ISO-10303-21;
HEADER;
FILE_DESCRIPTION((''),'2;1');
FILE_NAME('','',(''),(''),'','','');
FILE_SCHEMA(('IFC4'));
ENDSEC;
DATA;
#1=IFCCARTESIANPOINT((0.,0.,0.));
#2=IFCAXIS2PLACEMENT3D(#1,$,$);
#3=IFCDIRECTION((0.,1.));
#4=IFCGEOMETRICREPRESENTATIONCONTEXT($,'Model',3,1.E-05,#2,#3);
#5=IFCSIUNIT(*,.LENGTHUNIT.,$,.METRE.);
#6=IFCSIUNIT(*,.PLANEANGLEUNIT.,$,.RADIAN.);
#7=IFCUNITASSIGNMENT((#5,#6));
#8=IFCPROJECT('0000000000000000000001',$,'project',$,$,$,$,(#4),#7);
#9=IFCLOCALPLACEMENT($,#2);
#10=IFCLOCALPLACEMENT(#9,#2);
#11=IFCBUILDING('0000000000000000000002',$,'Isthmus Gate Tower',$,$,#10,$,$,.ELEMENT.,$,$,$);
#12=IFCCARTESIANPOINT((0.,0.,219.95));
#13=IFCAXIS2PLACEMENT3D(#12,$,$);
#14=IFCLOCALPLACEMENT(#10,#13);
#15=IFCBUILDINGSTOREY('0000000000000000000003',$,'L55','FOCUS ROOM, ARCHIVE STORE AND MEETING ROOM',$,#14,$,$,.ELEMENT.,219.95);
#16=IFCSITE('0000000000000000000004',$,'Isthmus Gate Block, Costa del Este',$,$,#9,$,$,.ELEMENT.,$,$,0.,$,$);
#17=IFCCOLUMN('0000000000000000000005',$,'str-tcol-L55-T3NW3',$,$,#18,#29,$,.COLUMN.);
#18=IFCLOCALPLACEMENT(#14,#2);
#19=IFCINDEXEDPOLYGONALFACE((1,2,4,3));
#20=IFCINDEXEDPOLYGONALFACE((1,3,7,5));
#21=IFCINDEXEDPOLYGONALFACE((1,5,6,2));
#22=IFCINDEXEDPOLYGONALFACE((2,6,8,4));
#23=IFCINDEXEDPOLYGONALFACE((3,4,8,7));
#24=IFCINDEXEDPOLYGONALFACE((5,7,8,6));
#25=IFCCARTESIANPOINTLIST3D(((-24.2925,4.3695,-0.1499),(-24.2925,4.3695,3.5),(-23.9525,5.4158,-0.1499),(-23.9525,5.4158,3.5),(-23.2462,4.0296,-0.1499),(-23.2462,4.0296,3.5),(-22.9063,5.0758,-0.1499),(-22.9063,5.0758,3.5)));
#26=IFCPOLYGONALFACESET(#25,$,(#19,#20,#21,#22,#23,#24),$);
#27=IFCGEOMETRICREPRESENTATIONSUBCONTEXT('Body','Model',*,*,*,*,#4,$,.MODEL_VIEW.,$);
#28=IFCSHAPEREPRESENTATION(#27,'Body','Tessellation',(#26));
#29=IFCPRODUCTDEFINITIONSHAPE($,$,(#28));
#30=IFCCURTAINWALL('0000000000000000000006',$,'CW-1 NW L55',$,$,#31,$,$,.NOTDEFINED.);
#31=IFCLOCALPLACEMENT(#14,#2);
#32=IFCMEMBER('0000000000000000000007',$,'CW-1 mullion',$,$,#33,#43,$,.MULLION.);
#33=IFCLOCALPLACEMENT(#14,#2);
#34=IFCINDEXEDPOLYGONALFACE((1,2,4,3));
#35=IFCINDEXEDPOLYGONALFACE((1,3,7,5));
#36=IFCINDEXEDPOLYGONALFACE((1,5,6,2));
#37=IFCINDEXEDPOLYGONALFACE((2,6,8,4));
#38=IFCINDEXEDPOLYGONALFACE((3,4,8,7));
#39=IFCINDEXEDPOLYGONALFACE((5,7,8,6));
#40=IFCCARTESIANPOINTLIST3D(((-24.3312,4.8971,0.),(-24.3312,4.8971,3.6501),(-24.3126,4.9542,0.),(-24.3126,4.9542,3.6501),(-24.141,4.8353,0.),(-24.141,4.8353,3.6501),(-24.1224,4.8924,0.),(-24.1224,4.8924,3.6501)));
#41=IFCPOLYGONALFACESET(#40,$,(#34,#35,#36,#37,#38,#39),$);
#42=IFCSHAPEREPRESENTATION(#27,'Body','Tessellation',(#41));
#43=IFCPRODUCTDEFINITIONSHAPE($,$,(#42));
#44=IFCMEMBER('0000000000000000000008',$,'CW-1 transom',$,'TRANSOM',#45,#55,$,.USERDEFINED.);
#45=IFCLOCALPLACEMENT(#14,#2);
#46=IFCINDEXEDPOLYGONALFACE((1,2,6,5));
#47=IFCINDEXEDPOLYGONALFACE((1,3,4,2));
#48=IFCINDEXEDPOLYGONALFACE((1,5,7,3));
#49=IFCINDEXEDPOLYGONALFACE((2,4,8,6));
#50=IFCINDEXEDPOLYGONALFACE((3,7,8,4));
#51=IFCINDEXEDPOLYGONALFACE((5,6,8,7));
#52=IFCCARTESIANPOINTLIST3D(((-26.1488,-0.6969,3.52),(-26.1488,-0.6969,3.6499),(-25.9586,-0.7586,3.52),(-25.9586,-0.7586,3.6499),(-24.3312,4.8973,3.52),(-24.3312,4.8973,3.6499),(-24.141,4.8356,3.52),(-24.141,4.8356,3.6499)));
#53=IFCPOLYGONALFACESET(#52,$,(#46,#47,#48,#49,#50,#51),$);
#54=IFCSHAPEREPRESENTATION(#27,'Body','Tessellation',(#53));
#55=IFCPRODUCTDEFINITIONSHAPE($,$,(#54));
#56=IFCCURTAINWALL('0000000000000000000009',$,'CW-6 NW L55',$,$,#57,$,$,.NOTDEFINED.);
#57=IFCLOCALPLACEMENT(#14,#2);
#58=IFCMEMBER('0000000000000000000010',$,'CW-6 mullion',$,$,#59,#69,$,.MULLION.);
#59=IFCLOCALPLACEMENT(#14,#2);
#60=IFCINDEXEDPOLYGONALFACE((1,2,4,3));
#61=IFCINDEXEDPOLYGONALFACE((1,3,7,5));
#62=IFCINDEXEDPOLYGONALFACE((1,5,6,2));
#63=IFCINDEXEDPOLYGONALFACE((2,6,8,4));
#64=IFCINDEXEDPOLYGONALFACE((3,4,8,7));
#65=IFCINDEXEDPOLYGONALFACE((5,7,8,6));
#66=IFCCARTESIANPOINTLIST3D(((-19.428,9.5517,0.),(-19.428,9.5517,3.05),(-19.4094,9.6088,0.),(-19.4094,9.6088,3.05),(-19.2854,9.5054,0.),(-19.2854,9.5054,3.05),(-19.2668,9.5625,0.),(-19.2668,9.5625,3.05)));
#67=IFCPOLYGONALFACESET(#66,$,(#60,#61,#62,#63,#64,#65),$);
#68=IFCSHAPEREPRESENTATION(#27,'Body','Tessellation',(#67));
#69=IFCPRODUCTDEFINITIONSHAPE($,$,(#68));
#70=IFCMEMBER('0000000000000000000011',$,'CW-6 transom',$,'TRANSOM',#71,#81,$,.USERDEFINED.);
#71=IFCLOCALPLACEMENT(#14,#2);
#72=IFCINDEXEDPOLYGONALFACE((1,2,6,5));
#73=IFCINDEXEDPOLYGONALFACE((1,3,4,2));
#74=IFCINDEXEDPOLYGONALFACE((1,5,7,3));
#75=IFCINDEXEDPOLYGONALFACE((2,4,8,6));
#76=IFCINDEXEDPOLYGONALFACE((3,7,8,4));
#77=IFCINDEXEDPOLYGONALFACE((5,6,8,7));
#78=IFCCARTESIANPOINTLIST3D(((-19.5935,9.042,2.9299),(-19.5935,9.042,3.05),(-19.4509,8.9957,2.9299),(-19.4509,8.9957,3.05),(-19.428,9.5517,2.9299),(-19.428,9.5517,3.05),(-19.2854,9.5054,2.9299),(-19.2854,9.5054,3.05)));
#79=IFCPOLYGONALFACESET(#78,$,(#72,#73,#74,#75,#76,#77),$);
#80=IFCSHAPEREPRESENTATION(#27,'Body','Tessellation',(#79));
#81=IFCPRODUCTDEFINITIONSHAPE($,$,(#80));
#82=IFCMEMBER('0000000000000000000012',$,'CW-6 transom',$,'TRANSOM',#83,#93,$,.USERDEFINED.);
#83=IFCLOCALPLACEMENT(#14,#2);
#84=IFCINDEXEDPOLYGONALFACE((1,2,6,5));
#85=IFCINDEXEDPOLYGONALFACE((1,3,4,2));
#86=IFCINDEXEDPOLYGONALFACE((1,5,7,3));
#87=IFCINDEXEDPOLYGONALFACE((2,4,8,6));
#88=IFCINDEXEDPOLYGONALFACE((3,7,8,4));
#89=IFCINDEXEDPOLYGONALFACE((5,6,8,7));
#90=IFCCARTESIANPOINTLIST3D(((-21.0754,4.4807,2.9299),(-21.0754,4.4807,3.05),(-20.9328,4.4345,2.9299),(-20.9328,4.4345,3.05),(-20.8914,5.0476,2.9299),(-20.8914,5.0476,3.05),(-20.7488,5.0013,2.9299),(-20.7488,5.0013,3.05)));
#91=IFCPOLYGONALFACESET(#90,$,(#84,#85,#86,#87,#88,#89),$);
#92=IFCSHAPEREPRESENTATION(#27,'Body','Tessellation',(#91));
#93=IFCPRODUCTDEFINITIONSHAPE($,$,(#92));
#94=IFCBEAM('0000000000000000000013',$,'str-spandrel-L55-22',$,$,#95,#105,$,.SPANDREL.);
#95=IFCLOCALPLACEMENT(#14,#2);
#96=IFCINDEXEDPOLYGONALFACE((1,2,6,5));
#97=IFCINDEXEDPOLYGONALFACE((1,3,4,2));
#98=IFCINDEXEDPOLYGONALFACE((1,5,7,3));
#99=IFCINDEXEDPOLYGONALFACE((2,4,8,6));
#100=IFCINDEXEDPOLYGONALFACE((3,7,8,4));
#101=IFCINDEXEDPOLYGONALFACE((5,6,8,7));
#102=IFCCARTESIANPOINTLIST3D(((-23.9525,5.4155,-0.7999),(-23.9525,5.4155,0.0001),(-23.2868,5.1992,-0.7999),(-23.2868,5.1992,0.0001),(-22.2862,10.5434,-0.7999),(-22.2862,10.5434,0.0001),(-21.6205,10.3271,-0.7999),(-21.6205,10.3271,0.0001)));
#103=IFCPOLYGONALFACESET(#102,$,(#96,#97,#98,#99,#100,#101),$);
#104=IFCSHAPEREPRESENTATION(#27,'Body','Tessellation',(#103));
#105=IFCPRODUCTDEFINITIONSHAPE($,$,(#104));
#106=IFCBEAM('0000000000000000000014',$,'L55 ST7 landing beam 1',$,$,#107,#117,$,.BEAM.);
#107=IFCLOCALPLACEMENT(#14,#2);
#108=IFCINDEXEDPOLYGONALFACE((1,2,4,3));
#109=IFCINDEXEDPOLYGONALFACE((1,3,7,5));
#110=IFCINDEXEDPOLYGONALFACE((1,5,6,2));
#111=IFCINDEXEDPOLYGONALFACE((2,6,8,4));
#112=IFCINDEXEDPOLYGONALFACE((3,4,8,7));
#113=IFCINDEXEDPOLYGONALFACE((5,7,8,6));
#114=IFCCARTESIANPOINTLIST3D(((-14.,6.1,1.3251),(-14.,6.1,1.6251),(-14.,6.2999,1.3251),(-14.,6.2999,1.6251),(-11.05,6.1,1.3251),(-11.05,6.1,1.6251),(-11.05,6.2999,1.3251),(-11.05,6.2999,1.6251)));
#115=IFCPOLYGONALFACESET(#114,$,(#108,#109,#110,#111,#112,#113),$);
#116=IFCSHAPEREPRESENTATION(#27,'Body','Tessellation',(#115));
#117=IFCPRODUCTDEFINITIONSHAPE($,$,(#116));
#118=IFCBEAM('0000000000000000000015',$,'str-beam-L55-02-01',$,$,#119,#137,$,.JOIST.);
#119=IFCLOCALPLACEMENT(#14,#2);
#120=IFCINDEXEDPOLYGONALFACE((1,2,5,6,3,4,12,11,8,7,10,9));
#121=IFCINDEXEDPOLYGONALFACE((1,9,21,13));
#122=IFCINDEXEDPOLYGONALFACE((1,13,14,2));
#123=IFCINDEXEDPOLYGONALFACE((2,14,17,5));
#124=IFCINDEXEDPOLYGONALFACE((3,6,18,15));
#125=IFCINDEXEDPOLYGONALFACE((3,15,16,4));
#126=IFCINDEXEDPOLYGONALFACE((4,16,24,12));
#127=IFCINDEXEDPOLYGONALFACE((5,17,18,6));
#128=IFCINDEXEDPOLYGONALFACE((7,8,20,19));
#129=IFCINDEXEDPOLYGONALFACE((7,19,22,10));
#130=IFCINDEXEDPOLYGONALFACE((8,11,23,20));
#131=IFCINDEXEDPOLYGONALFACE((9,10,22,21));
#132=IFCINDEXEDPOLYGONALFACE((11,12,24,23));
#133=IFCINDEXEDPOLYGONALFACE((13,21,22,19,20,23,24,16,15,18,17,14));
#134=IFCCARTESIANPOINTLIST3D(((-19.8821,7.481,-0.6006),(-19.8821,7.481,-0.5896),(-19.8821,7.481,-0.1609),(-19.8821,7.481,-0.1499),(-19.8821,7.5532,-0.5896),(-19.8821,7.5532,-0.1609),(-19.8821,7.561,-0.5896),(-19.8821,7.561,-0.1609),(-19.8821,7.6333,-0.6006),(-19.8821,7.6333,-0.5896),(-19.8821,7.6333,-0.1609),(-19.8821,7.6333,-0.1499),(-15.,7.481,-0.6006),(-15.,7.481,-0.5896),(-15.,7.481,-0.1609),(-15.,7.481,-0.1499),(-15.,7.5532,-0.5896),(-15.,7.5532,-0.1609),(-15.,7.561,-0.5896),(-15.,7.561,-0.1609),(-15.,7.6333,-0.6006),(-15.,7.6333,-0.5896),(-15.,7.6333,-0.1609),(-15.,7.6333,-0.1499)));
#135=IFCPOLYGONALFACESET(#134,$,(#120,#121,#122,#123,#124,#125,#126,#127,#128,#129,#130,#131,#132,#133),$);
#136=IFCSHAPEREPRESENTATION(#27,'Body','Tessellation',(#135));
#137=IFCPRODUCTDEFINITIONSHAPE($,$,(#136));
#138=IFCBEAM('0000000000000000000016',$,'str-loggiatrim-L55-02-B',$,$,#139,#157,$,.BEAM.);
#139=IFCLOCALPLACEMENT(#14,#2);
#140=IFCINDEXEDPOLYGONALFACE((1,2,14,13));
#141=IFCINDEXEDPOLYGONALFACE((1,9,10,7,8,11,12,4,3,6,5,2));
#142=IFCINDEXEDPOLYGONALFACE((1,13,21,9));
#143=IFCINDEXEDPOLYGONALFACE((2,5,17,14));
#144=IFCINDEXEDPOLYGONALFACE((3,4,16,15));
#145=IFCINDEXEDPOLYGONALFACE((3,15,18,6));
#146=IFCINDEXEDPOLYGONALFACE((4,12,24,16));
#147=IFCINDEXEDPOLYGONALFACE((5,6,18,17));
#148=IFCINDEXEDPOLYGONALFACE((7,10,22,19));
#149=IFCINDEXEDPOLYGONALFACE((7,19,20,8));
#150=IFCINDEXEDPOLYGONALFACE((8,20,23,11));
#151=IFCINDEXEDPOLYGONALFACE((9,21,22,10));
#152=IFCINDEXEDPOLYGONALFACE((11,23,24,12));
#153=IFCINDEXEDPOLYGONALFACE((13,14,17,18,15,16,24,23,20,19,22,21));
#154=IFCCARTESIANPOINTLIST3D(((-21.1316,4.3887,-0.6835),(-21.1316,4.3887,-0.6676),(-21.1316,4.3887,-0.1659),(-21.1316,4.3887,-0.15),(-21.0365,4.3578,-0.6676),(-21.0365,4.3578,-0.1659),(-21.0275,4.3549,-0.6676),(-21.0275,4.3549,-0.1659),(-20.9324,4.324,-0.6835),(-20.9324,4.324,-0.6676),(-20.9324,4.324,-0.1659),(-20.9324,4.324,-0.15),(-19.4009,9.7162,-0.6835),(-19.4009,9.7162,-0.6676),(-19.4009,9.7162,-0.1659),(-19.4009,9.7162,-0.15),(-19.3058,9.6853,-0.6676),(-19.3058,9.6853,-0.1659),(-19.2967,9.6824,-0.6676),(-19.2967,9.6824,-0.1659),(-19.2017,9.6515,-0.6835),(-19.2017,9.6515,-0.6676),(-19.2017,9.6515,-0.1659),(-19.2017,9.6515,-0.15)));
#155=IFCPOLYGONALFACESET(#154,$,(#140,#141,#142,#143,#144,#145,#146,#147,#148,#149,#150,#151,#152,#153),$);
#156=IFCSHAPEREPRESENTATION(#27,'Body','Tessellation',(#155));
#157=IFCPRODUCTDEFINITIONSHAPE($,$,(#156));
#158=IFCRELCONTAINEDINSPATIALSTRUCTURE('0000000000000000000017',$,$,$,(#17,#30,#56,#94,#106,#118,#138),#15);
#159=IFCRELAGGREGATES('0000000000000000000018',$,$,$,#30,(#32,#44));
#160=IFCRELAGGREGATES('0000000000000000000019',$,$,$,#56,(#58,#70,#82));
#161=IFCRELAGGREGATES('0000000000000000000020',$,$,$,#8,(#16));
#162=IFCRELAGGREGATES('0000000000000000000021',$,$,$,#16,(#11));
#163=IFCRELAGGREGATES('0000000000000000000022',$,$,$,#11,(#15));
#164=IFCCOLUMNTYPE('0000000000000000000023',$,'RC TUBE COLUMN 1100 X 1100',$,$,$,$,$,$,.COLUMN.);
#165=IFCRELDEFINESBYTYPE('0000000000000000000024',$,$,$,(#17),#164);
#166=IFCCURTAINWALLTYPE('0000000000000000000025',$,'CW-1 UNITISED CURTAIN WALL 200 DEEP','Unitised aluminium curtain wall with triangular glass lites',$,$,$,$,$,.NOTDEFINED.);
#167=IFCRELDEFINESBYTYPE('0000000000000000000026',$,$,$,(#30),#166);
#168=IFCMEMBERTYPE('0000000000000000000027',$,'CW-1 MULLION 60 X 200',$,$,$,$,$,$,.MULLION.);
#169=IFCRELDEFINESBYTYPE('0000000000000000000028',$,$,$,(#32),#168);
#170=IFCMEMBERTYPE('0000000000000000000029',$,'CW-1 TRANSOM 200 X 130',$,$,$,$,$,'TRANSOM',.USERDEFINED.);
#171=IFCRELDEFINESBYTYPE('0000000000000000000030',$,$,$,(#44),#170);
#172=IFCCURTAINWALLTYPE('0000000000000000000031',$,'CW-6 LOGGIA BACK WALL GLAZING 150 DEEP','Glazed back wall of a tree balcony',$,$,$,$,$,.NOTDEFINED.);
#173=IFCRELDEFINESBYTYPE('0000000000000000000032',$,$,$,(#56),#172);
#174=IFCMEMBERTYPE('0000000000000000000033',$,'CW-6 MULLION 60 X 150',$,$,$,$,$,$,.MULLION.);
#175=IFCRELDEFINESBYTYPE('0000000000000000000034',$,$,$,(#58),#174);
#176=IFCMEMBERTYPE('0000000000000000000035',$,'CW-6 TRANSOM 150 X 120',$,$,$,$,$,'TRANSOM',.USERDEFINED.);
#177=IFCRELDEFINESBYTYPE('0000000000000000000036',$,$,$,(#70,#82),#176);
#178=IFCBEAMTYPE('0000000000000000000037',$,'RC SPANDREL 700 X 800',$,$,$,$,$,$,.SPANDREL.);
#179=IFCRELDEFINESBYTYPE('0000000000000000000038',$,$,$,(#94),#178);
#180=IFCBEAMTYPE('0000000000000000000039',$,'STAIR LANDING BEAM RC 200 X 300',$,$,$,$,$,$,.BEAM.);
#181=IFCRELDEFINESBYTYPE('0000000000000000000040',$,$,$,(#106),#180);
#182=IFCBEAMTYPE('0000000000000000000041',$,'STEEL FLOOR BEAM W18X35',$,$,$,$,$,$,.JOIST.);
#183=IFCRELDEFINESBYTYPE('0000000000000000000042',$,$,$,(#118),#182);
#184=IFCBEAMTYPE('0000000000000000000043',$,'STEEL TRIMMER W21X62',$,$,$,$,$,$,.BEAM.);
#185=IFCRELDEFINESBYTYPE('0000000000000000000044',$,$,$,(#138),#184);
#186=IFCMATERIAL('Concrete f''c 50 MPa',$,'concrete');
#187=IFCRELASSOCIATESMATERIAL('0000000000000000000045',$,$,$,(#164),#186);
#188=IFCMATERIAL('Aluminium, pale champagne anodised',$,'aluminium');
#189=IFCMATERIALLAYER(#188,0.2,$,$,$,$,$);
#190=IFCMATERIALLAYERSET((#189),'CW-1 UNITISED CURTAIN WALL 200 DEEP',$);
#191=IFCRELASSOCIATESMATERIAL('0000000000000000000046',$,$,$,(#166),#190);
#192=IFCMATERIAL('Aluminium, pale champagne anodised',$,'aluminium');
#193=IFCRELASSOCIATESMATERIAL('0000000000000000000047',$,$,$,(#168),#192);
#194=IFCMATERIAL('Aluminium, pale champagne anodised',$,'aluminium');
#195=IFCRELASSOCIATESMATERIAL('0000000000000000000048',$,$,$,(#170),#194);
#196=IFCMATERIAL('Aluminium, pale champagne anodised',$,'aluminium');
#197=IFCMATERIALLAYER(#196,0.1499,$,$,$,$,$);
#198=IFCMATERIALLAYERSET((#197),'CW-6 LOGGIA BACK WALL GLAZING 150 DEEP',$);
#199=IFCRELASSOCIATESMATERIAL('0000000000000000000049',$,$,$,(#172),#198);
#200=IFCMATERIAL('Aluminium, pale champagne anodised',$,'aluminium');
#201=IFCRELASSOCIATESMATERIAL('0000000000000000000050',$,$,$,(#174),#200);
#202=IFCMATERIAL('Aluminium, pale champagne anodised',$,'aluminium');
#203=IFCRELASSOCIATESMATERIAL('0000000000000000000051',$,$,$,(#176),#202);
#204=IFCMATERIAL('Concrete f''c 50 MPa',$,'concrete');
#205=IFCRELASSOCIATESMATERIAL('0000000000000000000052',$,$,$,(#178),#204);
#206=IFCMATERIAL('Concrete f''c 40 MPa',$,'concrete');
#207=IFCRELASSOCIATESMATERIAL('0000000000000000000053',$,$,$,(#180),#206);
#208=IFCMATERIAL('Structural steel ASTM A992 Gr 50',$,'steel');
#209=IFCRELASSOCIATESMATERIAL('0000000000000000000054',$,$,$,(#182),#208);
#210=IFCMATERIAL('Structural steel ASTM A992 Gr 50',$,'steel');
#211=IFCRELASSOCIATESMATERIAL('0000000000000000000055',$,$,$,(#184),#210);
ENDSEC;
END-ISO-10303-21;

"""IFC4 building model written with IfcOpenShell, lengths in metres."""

from ifc_helpers import new_model, si_unit, direction, frame, origin, origin_2d, place, context, subcontext, project, spatial, rectangle, i_section, extrude, material, layer, layer_set, material_profile, profile_set, type_object, element, aggregate, save


model = new_model("IFC4")

# Units and contexts
model_context = context("Model", 3, precision=1e-05, world=origin(), true_north=direction((0.0, 1.0)))
body_context = subcontext(model_context, "Body", "Model", "MODEL_VIEW")
ifc_project = project(units=[si_unit("LENGTHUNIT", "METRE"), si_unit("PLANEANGLEUNIT", "RADIAN")], contexts=[model_context])

# Site, building, storey
site_placement = place(None, origin())
site = spatial("IfcSite", under=ifc_project, at=site_placement, Name="Isthmus Gate Block, Costa del Este", CompositionType="ELEMENT", RefElevation=0.0)
building_placement = place(site_placement, origin())
building = spatial("IfcBuilding", under=site, at=building_placement, Name="Isthmus Gate Tower", CompositionType="ELEMENT")
storey_placement = place(building_placement, frame((0.0, 0.0, 219.95)))
storey = spatial("IfcBuildingStorey", under=building, at=storey_placement, Name="L55", Description="FOCUS ROOM, ARCHIVE STORE AND MEETING ROOM", CompositionType="ELEMENT", Elevation=219.95)

# Column
ifc_material_1 = material(Name="Concrete f'c 50 MPa", Category="concrete")
ifc_material_profile_1 = material_profile(ifc_material_1, rectangle(XDim=1.1001, YDim=1.1001, at=origin_2d()), Name="RC 1100X1100")
ifc_profile_set_1 = profile_set([ifc_material_profile_1], Name="Concrete f'c 50 MPa")
column_type = type_object("IfcColumnType", Name="RC TUBE COLUMN 1100 X 1100", PredefinedType="COLUMN", material=ifc_profile_set_1)
column_placement = place(storey_placement, frame((-23.5994, 4.7227, -0.1499), z_axis=(0.0, 0.0, 1.0), x_axis=(-0.309017, -0.951057, 0.0)))
element("IfcColumn", 1, at=column_placement, inside=storey, type_object=column_type, Name="str-tcol-L55-T3NW3", PredefinedType="COLUMN", context=body_context, shape_type="SweptSolid", body=[
    extrude(rectangle(XDim=1.1001, YDim=1.1001, at=origin_2d()), origin(), (0.0, 0.0, 1.0), 3.6499),
])

# Curtain walls, members
ifc_material_2 = material(Name="Aluminium, pale champagne anodised", Category="aluminium")
ifc_layer_1 = layer(ifc_material_2, 0.2)
ifc_layer_set_1 = layer_set([ifc_layer_1], Name="CW-1 UNITISED CURTAIN WALL 200 DEEP")
curtain_wall_type_1 = type_object("IfcCurtainWallType", Name="CW-1 UNITISED CURTAIN WALL 200 DEEP", Description="Unitised aluminium curtain wall with triangular glass lites", PredefinedType="NOTDEFINED", material=ifc_layer_set_1)
curtain_wall_1_placement = place(storey_placement, origin())
curtain_wall_1 = element("IfcCurtainWall", 2, at=curtain_wall_1_placement, inside=storey, type_object=curtain_wall_type_1, Name="CW-1 NW L55", PredefinedType="NOTDEFINED")
ifc_material_3 = material(Name="Aluminium, pale champagne anodised", Category="aluminium")
ifc_material_profile_2 = material_profile(ifc_material_3, rectangle(XDim=0.0601, YDim=0.2, at=origin_2d()), Name="60x200")
ifc_profile_set_2 = profile_set([ifc_material_profile_2], Name="Aluminium, pale champagne anodised")
member_type_1 = type_object("IfcMemberType", Name="CW-1 MULLION 60 X 200", PredefinedType="MULLION", material=ifc_profile_set_2)
member_1_placement = place(storey_placement, frame((-24.2268, 4.8948, 0.0), z_axis=(0.0, 0.0, 1.0), x_axis=(-0.309017, -0.951057, 0.0)))
member_1 = element("IfcMember", 3, at=member_1_placement, type_object=member_type_1, Name="CW-1 mullion", PredefinedType="MULLION", context=body_context, shape_type="SweptSolid", body=[
    extrude(rectangle(XDim=0.0601, YDim=0.2, at=origin_2d()), origin(), (0.0, 0.0, 1.0), 3.6501),
])
ifc_material_4 = material(Name="Aluminium, pale champagne anodised", Category="aluminium")
ifc_material_profile_3 = material_profile(ifc_material_4, rectangle(XDim=0.2, YDim=0.1299, at=origin_2d()), Name="200x130")
ifc_profile_set_3 = profile_set([ifc_material_profile_3], Name="Aluminium, pale champagne anodised")
member_type_2 = type_object("IfcMemberType", Name="CW-1 TRANSOM 200 X 130", ElementType="TRANSOM", PredefinedType="USERDEFINED", material=ifc_profile_set_3)
member_2_placement = place(storey_placement, frame((-24.2361, 4.8665, 3.585), z_axis=(-0.309009, -0.951059, 0.0), x_axis=(0.951059, -0.309009, 0.0)))
member_2 = element("IfcMember", 4, at=member_2_placement, type_object=member_type_2, Name="CW-1 transom", ObjectType="TRANSOM", PredefinedType="USERDEFINED", context=body_context, shape_type="SweptSolid", body=[
    extrude(rectangle(XDim=0.2, YDim=0.1299, at=origin_2d()), origin(), (0.0, 0.0, 1.0), 5.8821),
])
aggregate(curtain_wall_1, [member_1, member_2])
ifc_material_5 = material(Name="Aluminium, pale champagne anodised", Category="aluminium")
ifc_layer_2 = layer(ifc_material_5, 0.1499)
ifc_layer_set_2 = layer_set([ifc_layer_2], Name="CW-6 LOGGIA BACK WALL GLAZING 150 DEEP")
curtain_wall_type_2 = type_object("IfcCurtainWallType", Name="CW-6 LOGGIA BACK WALL GLAZING 150 DEEP", Description="Glazed back wall of a tree balcony", PredefinedType="NOTDEFINED", material=ifc_layer_set_2)
curtain_wall_2_placement = place(storey_placement, origin())
curtain_wall_2 = element("IfcCurtainWall", 5, at=curtain_wall_2_placement, inside=storey, type_object=curtain_wall_type_2, Name="CW-6 NW L55", PredefinedType="NOTDEFINED")
ifc_material_6 = material(Name="Aluminium, pale champagne anodised", Category="aluminium")
ifc_material_profile_4 = material_profile(ifc_material_6, rectangle(XDim=0.0601, YDim=0.1499, at=origin_2d()), Name="60x150")
ifc_profile_set_4 = profile_set([ifc_material_profile_4], Name="Aluminium, pale champagne anodised")
member_type_3 = type_object("IfcMemberType", Name="CW-6 MULLION 60 X 150", PredefinedType="MULLION", material=ifc_profile_set_4)
member_3_placement = place(storey_placement, frame((-19.3474, 9.5571, 0.0), z_axis=(0.0, 0.0, 1.0), x_axis=(-0.309017, -0.951057, 0.0)))
member_3 = element("IfcMember", 6, at=member_3_placement, type_object=member_type_3, Name="CW-6 mullion", PredefinedType="MULLION", context=body_context, shape_type="SweptSolid", body=[
    extrude(rectangle(XDim=0.0601, YDim=0.1499, at=origin_2d()), origin(), (0.0, 0.0, 1.0), 3.05),
])
ifc_material_7 = material(Name="Aluminium, pale champagne anodised", Category="aluminium")
ifc_material_profile_5 = material_profile(ifc_material_7, rectangle(XDim=0.1499, YDim=0.1201, at=origin_2d()), Name="150x120")
ifc_profile_set_5 = profile_set([ifc_material_profile_5], Name="Aluminium, pale champagne anodised")
member_type_4 = type_object("IfcMemberType", Name="CW-6 TRANSOM 150 X 120", ElementType="TRANSOM", PredefinedType="USERDEFINED", material=ifc_profile_set_5)
member_4_placement = place(storey_placement, frame((-19.3567, 9.5286, 2.99), z_axis=(-0.308839, -0.951114, 0.0), x_axis=(0.951114, -0.308839, 0.0)))
member_4 = element("IfcMember", 7, at=member_4_placement, type_object=member_type_4, Name="CW-6 transom", ObjectType="TRANSOM", PredefinedType="USERDEFINED", context=body_context, shape_type="SweptSolid", body=[
    extrude(rectangle(XDim=0.1499, YDim=0.1201, at=origin_2d()), origin(), (0.0, 0.0, 1.0), 0.5359),
])
member_5_placement = place(storey_placement, frame((-20.8201, 5.0244, 2.99), z_axis=(-0.308845, -0.951112, 0.0), x_axis=(0.951112, -0.308845, 0.0)))
member_5 = element("IfcMember", 8, at=member_5_placement, type_object=member_type_4, Name="CW-6 transom", ObjectType="TRANSOM", PredefinedType="USERDEFINED", context=body_context, shape_type="SweptSolid", body=[
    extrude(rectangle(XDim=0.1499, YDim=0.1201, at=origin_2d()), origin(), (0.0, 0.0, 1.0), 0.5959),
])

# Beams
ifc_material_8 = material(Name="Concrete f'c 50 MPa", Category="concrete")
ifc_material_profile_6 = material_profile(ifc_material_8, rectangle(XDim=0.7, YDim=0.8, at=origin_2d()), Name="RC 700X800")
ifc_profile_set_6 = profile_set([ifc_material_profile_6], Name="Concrete f'c 50 MPa")
beam_type_1 = type_object("IfcBeamType", Name="RC SPANDREL 700 X 800", PredefinedType="SPANDREL", material=ifc_profile_set_6)
beam_1_placement = place(storey_placement, frame((-23.6196, 5.3074, -0.3999), z_axis=(0.309033, 0.951051, 0.0), x_axis=(-0.951051, 0.309033, 0.0)))
element("IfcBeam", 9, at=beam_1_placement, inside=storey, type_object=beam_type_1, Name="str-spandrel-L55-22", PredefinedType="SPANDREL", context=body_context, shape_type="SweptSolid", body=[
    extrude(rectangle(XDim=0.7, YDim=0.8, at=origin_2d()), origin(), (0.0, 0.0, 1.0), 5.3918),
])
ifc_material_9 = material(Name="Concrete f'c 40 MPa", Category="concrete")
ifc_material_profile_7 = material_profile(ifc_material_9, rectangle(XDim=0.2, YDim=0.3, at=origin_2d()), Name="STAIR LANDING BEAM RC 200 X 300")
ifc_profile_set_7 = profile_set([ifc_material_profile_7], Name="Concrete f'c 40 MPa")
beam_type_2 = type_object("IfcBeamType", Name="STAIR LANDING BEAM RC 200 X 300", PredefinedType="BEAM", material=ifc_profile_set_7)
beam_2_placement = place(storey_placement, frame((-14.0, 6.2, 1.4751), z_axis=(1.0, 0.0, 0.0), x_axis=(0.0, 1.0, 0.0)))
element("IfcBeam", 10, at=beam_2_placement, inside=storey, type_object=beam_type_2, Name="L55 ST7 landing beam 1", PredefinedType="BEAM", context=body_context, shape_type="SweptSolid", body=[
    extrude(rectangle(XDim=0.2, YDim=0.3, at=origin_2d()), origin(), (0.0, 0.0, 1.0), 2.95),
])
ifc_material_10 = material(Name="Structural steel ASTM A992 Gr 50", Category="steel")
ifc_material_profile_8 = material_profile(ifc_material_10, i_section(OverallWidth=0.1523, OverallDepth=0.4507, WebThickness=0.0078, FlangeThickness=0.011, at=origin_2d()), Name="W18X35")
ifc_profile_set_8 = profile_set([ifc_material_profile_8], Name="Structural steel ASTM A992 Gr 50")
beam_type_3 = type_object("IfcBeamType", Name="STEEL FLOOR BEAM W18X35", PredefinedType="JOIST", material=ifc_profile_set_8)
beam_3_placement = place(storey_placement, frame((-19.8821, 7.5571, -0.3752), z_axis=(1.0, 0.0, 0.0), x_axis=(0.0, 1.0, 0.0)))
element("IfcBeam", 11, at=beam_3_placement, inside=storey, type_object=beam_type_3, Name="str-beam-L55-02-01", PredefinedType="JOIST", context=body_context, shape_type="SweptSolid", body=[
    extrude(i_section(OverallWidth=0.1523, OverallDepth=0.4507, WebThickness=0.0078, FlangeThickness=0.011, at=origin_2d()), origin(), (0.0, 0.0, 1.0), 4.8821),
])
ifc_material_11 = material(Name="Structural steel ASTM A992 Gr 50", Category="steel")
ifc_material_profile_9 = material_profile(ifc_material_11, i_section(OverallWidth=0.2095, OverallDepth=0.5334, WebThickness=0.0095, FlangeThickness=0.0159, at=origin_2d()), Name="W21X62")
ifc_profile_set_9 = profile_set([ifc_material_profile_9], Name="Structural steel ASTM A992 Gr 50")
beam_type_4 = type_object("IfcBeamType", Name="STEEL TRIMMER W21X62", PredefinedType="BEAM", material=ifc_profile_set_9)
beam_4_placement = place(storey_placement, frame((-19.3013, 9.6838, -0.4167), z_axis=(-0.308975, -0.95107, 0.0), x_axis=(0.95107, -0.308975, 0.0)))
element("IfcBeam", 12, at=beam_4_placement, inside=storey, type_object=beam_type_4, Name="str-loggiatrim-L55-02-B", PredefinedType="BEAM", context=body_context, shape_type="SweptSolid", body=[
    extrude(i_section(OverallWidth=0.2095, OverallDepth=0.5334, WebThickness=0.0095, FlangeThickness=0.0159, at=origin_2d()), origin(), (0.0, 0.0, 1.0), 5.6016),
])

aggregate(curtain_wall_2, [member_3, member_4, member_5])

save(model, "model.ifc")
